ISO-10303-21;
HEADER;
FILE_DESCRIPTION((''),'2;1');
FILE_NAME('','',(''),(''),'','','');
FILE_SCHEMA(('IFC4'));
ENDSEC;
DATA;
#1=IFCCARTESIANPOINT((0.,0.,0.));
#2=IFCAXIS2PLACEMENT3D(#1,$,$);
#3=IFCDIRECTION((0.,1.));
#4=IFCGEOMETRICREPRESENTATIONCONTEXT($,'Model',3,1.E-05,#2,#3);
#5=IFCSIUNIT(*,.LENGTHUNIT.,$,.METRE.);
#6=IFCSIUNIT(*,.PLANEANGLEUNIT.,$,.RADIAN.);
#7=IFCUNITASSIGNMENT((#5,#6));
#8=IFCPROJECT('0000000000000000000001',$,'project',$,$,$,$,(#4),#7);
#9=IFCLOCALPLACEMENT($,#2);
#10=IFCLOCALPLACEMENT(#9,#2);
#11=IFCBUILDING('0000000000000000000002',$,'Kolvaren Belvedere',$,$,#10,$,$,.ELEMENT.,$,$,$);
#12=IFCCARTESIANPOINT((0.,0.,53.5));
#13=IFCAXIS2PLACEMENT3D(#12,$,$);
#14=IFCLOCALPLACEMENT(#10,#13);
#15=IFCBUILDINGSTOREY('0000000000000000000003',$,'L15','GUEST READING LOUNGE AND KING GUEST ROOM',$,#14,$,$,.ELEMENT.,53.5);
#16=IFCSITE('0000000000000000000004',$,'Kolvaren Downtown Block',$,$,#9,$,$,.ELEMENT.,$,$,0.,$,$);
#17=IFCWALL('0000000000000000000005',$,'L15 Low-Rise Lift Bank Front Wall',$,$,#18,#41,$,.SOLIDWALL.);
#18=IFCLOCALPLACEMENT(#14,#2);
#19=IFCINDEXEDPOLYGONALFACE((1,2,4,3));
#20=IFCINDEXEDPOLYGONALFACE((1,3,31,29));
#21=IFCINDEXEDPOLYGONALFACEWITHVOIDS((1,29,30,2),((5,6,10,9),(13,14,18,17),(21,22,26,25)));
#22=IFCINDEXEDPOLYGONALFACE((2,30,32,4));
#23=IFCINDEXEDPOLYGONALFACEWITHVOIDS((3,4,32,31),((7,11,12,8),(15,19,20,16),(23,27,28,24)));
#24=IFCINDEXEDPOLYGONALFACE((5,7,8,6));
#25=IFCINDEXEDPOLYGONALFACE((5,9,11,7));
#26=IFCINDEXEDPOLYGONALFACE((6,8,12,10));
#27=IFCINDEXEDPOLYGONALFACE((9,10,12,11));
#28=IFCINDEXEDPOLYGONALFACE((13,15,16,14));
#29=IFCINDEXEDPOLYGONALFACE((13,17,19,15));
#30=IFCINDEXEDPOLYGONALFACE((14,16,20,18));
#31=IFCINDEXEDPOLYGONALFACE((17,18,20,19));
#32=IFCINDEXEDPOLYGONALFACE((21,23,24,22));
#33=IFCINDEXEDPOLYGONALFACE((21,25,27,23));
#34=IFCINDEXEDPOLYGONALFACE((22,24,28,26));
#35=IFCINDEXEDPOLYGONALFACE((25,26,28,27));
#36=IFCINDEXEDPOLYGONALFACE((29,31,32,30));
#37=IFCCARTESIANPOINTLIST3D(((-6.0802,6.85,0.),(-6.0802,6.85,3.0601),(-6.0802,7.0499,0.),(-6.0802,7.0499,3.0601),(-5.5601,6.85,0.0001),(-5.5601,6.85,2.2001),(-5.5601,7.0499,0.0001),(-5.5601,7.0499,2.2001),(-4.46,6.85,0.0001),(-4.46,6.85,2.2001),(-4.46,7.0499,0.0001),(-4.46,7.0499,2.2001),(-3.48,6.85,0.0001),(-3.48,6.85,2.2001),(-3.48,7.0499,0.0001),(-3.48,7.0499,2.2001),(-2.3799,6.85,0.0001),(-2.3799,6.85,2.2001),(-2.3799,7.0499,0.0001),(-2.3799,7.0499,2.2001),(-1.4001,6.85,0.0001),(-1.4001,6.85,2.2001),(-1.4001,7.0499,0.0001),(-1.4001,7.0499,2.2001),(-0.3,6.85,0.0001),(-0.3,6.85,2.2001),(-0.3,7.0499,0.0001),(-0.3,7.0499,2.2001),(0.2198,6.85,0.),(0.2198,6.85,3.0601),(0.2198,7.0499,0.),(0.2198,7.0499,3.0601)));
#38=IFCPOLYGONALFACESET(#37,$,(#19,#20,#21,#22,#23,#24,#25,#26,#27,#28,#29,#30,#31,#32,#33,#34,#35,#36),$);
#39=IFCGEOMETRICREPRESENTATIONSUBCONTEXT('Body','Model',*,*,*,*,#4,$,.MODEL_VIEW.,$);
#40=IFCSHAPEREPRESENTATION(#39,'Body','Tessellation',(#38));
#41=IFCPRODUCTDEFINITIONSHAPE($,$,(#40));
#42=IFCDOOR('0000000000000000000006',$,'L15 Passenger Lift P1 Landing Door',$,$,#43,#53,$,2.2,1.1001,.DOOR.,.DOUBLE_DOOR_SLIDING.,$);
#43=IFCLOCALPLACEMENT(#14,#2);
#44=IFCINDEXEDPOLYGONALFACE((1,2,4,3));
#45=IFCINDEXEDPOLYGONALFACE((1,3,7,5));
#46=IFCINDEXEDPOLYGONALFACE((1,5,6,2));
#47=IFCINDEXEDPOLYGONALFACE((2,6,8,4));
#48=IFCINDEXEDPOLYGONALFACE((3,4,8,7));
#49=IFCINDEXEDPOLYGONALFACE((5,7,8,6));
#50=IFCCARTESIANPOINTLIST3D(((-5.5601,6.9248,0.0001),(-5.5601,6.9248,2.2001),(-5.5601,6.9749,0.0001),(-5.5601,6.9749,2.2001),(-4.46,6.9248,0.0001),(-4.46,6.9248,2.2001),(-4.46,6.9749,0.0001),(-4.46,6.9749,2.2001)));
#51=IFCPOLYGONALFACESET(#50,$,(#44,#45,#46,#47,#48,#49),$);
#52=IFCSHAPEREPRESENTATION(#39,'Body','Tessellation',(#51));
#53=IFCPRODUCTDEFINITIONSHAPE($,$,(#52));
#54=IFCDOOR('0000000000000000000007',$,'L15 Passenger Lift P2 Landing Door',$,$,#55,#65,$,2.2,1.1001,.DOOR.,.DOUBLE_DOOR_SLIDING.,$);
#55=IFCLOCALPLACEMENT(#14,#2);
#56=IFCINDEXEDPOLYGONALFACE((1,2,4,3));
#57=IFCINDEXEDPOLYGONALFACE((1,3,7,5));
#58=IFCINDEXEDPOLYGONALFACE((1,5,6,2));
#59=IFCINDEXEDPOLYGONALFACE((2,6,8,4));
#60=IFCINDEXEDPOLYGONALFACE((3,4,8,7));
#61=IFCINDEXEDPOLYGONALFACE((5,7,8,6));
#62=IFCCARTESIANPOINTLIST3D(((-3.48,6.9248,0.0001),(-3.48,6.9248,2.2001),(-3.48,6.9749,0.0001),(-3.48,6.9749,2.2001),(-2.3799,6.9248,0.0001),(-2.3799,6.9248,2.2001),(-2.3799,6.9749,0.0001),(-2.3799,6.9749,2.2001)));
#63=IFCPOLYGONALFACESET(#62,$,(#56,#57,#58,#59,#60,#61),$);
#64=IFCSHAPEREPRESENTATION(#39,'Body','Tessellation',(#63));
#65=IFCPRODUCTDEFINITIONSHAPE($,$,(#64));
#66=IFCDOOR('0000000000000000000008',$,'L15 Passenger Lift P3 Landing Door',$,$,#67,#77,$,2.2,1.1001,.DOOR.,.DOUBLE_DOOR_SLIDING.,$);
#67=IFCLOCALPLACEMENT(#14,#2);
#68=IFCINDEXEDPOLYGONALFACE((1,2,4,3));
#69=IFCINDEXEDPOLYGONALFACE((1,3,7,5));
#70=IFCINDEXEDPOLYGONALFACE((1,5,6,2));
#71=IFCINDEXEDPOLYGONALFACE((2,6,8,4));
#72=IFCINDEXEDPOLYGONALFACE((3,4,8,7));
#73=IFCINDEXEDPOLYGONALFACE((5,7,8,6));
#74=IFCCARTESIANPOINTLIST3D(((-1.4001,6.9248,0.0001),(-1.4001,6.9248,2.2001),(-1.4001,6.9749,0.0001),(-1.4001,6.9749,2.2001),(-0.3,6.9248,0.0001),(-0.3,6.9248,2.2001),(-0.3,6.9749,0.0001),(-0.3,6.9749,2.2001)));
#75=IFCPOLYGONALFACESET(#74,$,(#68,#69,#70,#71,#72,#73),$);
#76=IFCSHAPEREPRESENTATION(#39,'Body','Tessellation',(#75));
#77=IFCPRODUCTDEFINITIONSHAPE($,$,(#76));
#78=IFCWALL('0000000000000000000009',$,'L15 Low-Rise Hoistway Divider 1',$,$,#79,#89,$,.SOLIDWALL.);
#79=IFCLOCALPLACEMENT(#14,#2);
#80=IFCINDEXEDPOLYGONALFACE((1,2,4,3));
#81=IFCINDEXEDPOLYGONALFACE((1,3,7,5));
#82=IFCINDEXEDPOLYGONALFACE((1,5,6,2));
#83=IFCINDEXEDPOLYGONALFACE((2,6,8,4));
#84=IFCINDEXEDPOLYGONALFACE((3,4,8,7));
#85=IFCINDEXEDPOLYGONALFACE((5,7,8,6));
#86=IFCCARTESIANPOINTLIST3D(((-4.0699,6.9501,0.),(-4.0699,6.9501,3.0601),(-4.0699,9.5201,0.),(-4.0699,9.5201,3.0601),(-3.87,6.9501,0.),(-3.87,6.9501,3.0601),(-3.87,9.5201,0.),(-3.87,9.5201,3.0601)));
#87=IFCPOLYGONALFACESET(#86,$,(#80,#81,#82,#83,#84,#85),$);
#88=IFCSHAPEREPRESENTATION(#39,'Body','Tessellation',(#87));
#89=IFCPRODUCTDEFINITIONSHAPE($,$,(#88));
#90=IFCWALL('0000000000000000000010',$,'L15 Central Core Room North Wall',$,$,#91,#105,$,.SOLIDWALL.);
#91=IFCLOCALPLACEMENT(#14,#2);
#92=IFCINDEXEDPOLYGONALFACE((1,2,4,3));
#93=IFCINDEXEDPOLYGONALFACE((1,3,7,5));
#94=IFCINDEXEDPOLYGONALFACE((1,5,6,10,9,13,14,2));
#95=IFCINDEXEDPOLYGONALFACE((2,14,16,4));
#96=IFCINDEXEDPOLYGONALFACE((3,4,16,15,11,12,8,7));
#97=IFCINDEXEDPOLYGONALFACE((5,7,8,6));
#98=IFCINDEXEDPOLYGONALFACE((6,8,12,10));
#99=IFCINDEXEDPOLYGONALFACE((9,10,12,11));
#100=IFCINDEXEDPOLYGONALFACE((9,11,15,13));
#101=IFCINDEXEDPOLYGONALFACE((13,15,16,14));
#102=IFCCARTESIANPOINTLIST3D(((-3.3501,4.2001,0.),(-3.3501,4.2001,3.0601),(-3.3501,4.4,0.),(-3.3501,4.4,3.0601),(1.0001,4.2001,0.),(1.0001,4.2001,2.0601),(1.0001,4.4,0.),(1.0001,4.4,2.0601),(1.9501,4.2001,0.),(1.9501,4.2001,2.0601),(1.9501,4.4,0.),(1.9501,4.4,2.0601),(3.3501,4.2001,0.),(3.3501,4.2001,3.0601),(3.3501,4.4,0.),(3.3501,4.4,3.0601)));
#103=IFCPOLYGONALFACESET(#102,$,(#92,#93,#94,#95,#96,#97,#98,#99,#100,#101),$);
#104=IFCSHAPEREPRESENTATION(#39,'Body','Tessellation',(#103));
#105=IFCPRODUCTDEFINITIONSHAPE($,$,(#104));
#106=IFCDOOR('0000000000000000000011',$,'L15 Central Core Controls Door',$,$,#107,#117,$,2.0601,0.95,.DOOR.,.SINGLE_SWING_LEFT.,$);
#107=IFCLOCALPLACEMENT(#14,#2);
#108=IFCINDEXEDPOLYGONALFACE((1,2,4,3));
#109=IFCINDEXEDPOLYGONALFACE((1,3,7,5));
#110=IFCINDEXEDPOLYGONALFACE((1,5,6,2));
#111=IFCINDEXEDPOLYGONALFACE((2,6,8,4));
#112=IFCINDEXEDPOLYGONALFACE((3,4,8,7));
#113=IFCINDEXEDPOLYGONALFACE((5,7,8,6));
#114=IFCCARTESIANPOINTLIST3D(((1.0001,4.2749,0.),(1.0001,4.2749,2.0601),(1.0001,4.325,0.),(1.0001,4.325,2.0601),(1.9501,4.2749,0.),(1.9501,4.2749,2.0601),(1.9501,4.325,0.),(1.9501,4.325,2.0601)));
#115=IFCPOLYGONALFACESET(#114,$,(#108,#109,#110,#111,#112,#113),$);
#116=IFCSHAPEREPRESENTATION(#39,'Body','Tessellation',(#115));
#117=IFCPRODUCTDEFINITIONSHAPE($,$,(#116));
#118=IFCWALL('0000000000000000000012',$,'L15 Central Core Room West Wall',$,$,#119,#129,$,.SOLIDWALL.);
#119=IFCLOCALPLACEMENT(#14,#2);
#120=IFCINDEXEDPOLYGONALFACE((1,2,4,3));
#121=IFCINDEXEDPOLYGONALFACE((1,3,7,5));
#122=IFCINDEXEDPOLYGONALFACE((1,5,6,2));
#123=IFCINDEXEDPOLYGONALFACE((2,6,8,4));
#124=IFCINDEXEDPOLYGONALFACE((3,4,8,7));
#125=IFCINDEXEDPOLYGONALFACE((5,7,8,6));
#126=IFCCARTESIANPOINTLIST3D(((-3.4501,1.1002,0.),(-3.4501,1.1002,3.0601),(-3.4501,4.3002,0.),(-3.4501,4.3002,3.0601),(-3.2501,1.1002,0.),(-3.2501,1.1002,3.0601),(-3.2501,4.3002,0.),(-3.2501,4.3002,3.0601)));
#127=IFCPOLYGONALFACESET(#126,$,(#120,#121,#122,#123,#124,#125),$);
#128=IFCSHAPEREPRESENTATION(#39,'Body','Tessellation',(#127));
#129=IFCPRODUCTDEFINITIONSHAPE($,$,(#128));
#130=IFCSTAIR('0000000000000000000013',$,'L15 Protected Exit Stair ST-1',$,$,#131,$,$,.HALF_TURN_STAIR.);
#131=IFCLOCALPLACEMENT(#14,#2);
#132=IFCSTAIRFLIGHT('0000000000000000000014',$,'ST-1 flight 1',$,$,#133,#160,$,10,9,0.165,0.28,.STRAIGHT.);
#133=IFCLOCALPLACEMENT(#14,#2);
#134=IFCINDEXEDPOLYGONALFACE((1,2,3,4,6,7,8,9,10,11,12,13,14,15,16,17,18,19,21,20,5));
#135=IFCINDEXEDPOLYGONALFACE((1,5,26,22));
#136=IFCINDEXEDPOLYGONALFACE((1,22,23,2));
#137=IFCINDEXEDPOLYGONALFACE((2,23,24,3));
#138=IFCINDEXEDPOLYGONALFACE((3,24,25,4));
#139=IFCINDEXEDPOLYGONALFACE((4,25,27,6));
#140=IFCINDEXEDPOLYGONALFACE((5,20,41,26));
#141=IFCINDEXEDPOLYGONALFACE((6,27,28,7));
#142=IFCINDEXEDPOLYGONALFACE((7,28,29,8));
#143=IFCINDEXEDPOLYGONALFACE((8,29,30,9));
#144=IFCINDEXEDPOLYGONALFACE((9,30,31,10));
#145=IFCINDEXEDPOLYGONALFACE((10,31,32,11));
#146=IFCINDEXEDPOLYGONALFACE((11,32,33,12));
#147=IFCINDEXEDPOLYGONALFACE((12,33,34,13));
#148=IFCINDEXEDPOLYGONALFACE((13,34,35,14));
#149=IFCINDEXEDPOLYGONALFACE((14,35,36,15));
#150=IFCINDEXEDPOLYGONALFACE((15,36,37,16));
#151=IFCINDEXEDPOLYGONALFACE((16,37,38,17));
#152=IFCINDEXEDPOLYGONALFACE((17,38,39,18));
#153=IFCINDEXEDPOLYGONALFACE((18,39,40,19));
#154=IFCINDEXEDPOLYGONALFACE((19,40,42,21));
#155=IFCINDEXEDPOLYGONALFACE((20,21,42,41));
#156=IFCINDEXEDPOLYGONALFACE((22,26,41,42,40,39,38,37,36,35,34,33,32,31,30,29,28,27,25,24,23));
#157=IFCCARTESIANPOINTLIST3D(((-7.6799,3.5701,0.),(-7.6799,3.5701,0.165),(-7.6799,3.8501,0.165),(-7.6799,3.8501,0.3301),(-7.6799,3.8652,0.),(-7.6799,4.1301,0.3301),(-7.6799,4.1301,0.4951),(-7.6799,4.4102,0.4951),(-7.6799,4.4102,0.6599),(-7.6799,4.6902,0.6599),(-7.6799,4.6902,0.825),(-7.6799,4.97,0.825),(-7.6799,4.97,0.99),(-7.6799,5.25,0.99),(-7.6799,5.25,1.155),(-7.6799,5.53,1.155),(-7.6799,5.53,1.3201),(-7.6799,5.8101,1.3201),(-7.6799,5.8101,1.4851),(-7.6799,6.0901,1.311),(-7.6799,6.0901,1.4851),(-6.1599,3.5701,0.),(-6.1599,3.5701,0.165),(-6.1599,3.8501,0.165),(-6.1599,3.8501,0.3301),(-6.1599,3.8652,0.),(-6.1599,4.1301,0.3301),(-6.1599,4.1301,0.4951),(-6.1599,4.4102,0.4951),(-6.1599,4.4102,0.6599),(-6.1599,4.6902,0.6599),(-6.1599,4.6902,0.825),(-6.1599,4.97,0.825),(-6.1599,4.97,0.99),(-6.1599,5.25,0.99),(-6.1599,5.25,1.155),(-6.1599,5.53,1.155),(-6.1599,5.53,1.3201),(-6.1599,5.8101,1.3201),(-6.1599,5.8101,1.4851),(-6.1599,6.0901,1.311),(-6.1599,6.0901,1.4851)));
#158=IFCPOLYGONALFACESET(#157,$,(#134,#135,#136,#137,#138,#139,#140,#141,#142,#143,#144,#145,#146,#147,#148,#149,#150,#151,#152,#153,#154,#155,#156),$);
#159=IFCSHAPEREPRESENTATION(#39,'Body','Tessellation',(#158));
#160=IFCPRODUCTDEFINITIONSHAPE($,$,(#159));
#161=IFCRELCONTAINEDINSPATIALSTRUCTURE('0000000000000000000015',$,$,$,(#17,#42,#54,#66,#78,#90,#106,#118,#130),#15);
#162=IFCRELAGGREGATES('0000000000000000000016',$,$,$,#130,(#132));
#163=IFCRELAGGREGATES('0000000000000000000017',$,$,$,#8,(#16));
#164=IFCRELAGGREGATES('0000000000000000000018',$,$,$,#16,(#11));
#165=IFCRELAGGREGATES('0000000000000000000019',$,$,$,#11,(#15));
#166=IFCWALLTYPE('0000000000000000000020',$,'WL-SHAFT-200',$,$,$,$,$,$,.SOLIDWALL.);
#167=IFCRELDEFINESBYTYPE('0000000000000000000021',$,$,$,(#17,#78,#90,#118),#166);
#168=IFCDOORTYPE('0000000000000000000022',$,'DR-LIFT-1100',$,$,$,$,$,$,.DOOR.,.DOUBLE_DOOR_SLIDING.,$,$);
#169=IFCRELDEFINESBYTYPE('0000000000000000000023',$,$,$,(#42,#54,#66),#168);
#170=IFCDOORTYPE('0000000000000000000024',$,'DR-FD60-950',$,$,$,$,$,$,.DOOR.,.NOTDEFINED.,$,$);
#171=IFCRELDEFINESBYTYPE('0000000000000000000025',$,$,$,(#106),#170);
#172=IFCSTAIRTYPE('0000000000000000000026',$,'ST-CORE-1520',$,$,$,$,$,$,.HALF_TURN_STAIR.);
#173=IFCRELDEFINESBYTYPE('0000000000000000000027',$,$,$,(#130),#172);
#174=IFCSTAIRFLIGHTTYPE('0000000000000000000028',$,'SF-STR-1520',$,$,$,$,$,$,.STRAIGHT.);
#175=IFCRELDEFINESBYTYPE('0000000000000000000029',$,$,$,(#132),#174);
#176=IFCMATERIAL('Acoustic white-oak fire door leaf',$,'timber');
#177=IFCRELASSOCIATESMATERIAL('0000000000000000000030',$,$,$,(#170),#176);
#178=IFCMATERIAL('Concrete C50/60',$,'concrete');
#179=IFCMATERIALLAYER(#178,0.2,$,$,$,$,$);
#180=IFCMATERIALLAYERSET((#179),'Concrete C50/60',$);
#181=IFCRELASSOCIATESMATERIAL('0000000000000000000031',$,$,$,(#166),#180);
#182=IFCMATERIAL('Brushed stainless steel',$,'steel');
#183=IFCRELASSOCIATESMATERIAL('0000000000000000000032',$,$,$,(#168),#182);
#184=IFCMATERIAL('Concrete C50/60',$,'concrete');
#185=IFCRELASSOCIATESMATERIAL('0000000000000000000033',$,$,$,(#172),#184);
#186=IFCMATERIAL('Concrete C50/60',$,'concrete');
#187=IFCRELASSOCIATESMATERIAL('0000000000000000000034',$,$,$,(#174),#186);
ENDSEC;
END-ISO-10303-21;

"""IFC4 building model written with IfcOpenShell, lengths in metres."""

from ifc_helpers import new_model, si_unit, direction, frame, frame_2d, origin, place, context, subcontext, project, spatial, polyline, rectangle, outline, extrude, material, layer, layer_set, type_object, element, fill, aggregate, save


model = new_model("IFC4")

# Units and contexts
model_context = context("Model", 3, precision=1e-05, world=origin(), true_north=direction((0.0, 1.0)))
body_context = subcontext(model_context, "Body", "Model", "MODEL_VIEW")
ifc_project = project(units=[si_unit("LENGTHUNIT", "METRE"), si_unit("PLANEANGLEUNIT", "RADIAN")], contexts=[model_context])

# Site, building, storey
site_placement = place(None, origin())
site = spatial("IfcSite", under=ifc_project, at=site_placement, Name="Kolvaren Downtown Block", CompositionType="ELEMENT", RefElevation=0.0)
building_placement = place(site_placement, origin())
building = spatial("IfcBuilding", under=site, at=building_placement, Name="Kolvaren Belvedere", CompositionType="ELEMENT")
storey_placement = place(building_placement, frame((0.0, 0.0, 53.5)))
storey = spatial("IfcBuildingStorey", under=building, at=storey_placement, Name="L15", Description="GUEST READING LOUNGE AND KING GUEST ROOM", CompositionType="ELEMENT", Elevation=53.5)

# Shared definitions
ifc_material_1 = material(Name="Acoustic white-oak fire door leaf", Category="timber")
door_type_1 = type_object("IfcDoorType", Name="DR-FD60-950", OperationType="NOTDEFINED", PredefinedType="DOOR", material=ifc_material_1)

# Shared definitions
ifc_material_2 = material(Name="Concrete C50/60", Category="concrete")
ifc_layer_1 = layer(ifc_material_2, 0.2)
ifc_layer_set_1 = layer_set([ifc_layer_1], Name="Concrete C50/60")
wall_type_1 = type_object("IfcWallType", Name="WL-SHAFT-200", PredefinedType="SOLIDWALL", material=ifc_layer_set_1)

# Wall, openings, doors
wall_1_placement = place(storey_placement, frame((-6.0801, 6.95, 0.0), z_axis=(0.0, 0.0, 1.0), x_axis=(1.0, 0.0, 0.0)))
wall_1 = element("IfcWall", 1, at=wall_1_placement, inside=storey, type_object=wall_type_1, Name="L15 Low-Rise Lift Bank Front Wall", PredefinedType="SOLIDWALL", context=body_context, shape_type="SweptSolid", body=[
    extrude(rectangle(XDim=6.3, YDim=0.2, at=frame_2d((3.1499, 0.0))), origin(), (0.0, 0.0, 1.0), 3.0601),
])
opening_1_placement = place(wall_1_placement, frame((0.52, 0.0, 0.0)))
opening_1 = element("IfcOpeningElement", 2, at=opening_1_placement, cuts=wall_1, PredefinedType="OPENING", context=body_context, shape_type="SweptSolid", body=[
    extrude(rectangle(XDim=1.1001, YDim=2.2, at=frame_2d((0.55, 1.1001))), frame((0.0, 0.1099, 0.0), z_axis=(0.0, -1.0, 0.0), x_axis=(1.0, 0.0, 0.0)), (0.0, 0.0, 1.0), 0.22),
])
opening_2_placement = place(wall_1_placement, frame((2.6001, 0.0, 0.0)))
opening_2 = element("IfcOpeningElement", 3, at=opening_2_placement, cuts=wall_1, PredefinedType="OPENING", context=body_context, shape_type="SweptSolid", body=[
    extrude(rectangle(XDim=1.1001, YDim=2.2, at=frame_2d((0.55, 1.1001))), frame((0.0, 0.1099, 0.0), z_axis=(0.0, -1.0, 0.0), x_axis=(1.0, 0.0, 0.0)), (0.0, 0.0, 1.0), 0.22),
])
opening_3_placement = place(wall_1_placement, frame((4.6799, 0.0, 0.0)))
opening_3 = element("IfcOpeningElement", 4, at=opening_3_placement, cuts=wall_1, PredefinedType="OPENING", context=body_context, shape_type="SweptSolid", body=[
    extrude(rectangle(XDim=1.1001, YDim=2.2, at=frame_2d((0.55, 1.1001))), frame((0.0, 0.1099, 0.0), z_axis=(0.0, -1.0, 0.0), x_axis=(1.0, 0.0, 0.0)), (0.0, 0.0, 1.0), 0.22),
])
ifc_material_3 = material(Name="Brushed stainless steel", Category="steel")
door_type_2 = type_object("IfcDoorType", Name="DR-LIFT-1100", OperationType="DOUBLE_DOOR_SLIDING", PredefinedType="DOOR", material=ifc_material_3)
door_1_placement = place(opening_1_placement, origin())
door_1 = element("IfcDoor", 5, at=door_1_placement, inside=storey, type_object=door_type_2, Name="L15 Passenger Lift P1 Landing Door", OperationType="DOUBLE_DOOR_SLIDING", OverallHeight=2.2, OverallWidth=1.1001, PredefinedType="DOOR", context=body_context, shape_type="SweptSolid", body=[
    extrude(rectangle(XDim=1.1001, YDim=2.2, at=frame_2d((0.55, 1.1001))), frame((0.0, 0.0249, 0.0), z_axis=(0.0, -1.0, 0.0), x_axis=(1.0, 0.0, 0.0)), (0.0, 0.0, 1.0), 0.05),
])
fill(opening_1, door_1)
door_2_placement = place(opening_2_placement, origin())
door_2 = element("IfcDoor", 6, at=door_2_placement, inside=storey, type_object=door_type_2, Name="L15 Passenger Lift P2 Landing Door", OperationType="DOUBLE_DOOR_SLIDING", OverallHeight=2.2, OverallWidth=1.1001, PredefinedType="DOOR", context=body_context, shape_type="SweptSolid", body=[
    extrude(rectangle(XDim=1.1001, YDim=2.2, at=frame_2d((0.55, 1.1001))), frame((0.0, 0.0249, 0.0), z_axis=(0.0, -1.0, 0.0), x_axis=(1.0, 0.0, 0.0)), (0.0, 0.0, 1.0), 0.05),
])
fill(opening_2, door_2)
door_3_placement = place(opening_3_placement, origin())
door_3 = element("IfcDoor", 7, at=door_3_placement, inside=storey, type_object=door_type_2, Name="L15 Passenger Lift P3 Landing Door", OperationType="DOUBLE_DOOR_SLIDING", OverallHeight=2.2, OverallWidth=1.1001, PredefinedType="DOOR", context=body_context, shape_type="SweptSolid", body=[
    extrude(rectangle(XDim=1.1001, YDim=2.2, at=frame_2d((0.55, 1.1001))), frame((0.0, 0.0249, 0.0), z_axis=(0.0, -1.0, 0.0), x_axis=(1.0, 0.0, 0.0)), (0.0, 0.0, 1.0), 0.05),
])
fill(opening_3, door_3)

# Wall
wall_2_placement = place(storey_placement, frame((-3.97, 6.95, 0.0), z_axis=(0.0, 0.0, 1.0), x_axis=(0.0, 1.0, 0.0)))
element("IfcWall", 8, at=wall_2_placement, inside=storey, type_object=wall_type_1, Name="L15 Low-Rise Hoistway Divider 1", PredefinedType="SOLIDWALL", context=body_context, shape_type="SweptSolid", body=[
    extrude(rectangle(XDim=2.5701, YDim=0.2, at=frame_2d((1.2852, 0.0))), origin(), (0.0, 0.0, 1.0), 3.0601),
])

# Wall, opening, door
wall_3_placement = place(storey_placement, frame((-3.3501, 4.3, 0.0), z_axis=(0.0, 0.0, 1.0), x_axis=(1.0, 0.0, 0.0)))
wall_3 = element("IfcWall", 9, at=wall_3_placement, inside=storey, type_object=wall_type_1, Name="L15 Central Core Room North Wall", PredefinedType="SOLIDWALL", context=body_context, shape_type="SweptSolid", body=[
    extrude(rectangle(XDim=6.7002, YDim=0.2, at=frame_2d((3.3501, 0.0))), origin(), (0.0, 0.0, 1.0), 3.0601),
])
opening_4_placement = place(wall_3_placement, frame((4.3501, 0.0, 0.0)))
opening_4 = element("IfcOpeningElement", 10, at=opening_4_placement, cuts=wall_3, PredefinedType="OPENING", context=body_context, shape_type="SweptSolid", body=[
    extrude(rectangle(XDim=0.95, YDim=2.0601, at=frame_2d((0.4751, 1.03))), frame((0.0, 0.1099, 0.0), z_axis=(0.0, -1.0, 0.0), x_axis=(1.0, 0.0, 0.0)), (0.0, 0.0, 1.0), 0.22),
])
door_4_placement = place(opening_4_placement, origin())
door_4 = element("IfcDoor", 11, at=door_4_placement, inside=storey, type_object=door_type_1, Name="L15 Central Core Controls Door", OperationType="SINGLE_SWING_LEFT", OverallHeight=2.0601, OverallWidth=0.95, PredefinedType="DOOR", context=body_context, shape_type="SweptSolid", body=[
    extrude(rectangle(XDim=0.95, YDim=2.0601, at=frame_2d((0.4751, 1.03))), frame((0.0, 0.0249, 0.0), z_axis=(0.0, -1.0, 0.0), x_axis=(1.0, 0.0, 0.0)), (0.0, 0.0, 1.0), 0.05),
])
fill(opening_4, door_4)

# Wall
wall_4_placement = place(storey_placement, frame((-3.3501, 1.1001, 0.0), z_axis=(0.0, 0.0, 1.0), x_axis=(0.0, 1.0, 0.0)))
element("IfcWall", 12, at=wall_4_placement, inside=storey, type_object=wall_type_1, Name="L15 Central Core Room West Wall", PredefinedType="SOLIDWALL", context=body_context, shape_type="SweptSolid", body=[
    extrude(rectangle(XDim=3.2, YDim=0.2, at=frame_2d((1.6001, 0.0))), origin(), (0.0, 0.0, 1.0), 3.0601),
])

# Stair, stair flight
ifc_material_4 = material(Name="Concrete C50/60", Category="concrete")
stair_type = type_object("IfcStairType", Name="ST-CORE-1520", PredefinedType="HALF_TURN_STAIR", material=ifc_material_4)
stair_placement = place(storey_placement, origin())
stair = element("IfcStair", 13, at=stair_placement, inside=storey, type_object=stair_type, Name="L15 Protected Exit Stair ST-1", PredefinedType="HALF_TURN_STAIR")
ifc_material_5 = material(Name="Concrete C50/60", Category="concrete")
stair_flight_type = type_object("IfcStairFlightType", Name="SF-STR-1520", PredefinedType="STRAIGHT", material=ifc_material_5)
stair_flight_1_placement = place(storey_placement, frame((-6.9199, 3.5701, 0.0), z_axis=(0.0, 0.0, 1.0), x_axis=(0.0, 1.0, 0.0)))
stair_flight_1 = element("IfcStairFlight", 14, at=stair_flight_1_placement, type_object=stair_flight_type, Name="ST-1 flight 1", NumberOfRisers=10, NumberOfTreads=9, PredefinedType="STRAIGHT", RiserHeight=0.165, TreadLength=0.28, context=body_context, shape_type="SweptSolid", body=[
    extrude(outline(polyline([(0.0, 0.0), (0.0, 0.165), (0.28, 0.165), (0.28, 0.3301), (0.5601, 0.3301), (0.5601, 0.4951), (0.8401, 0.4951), (0.8401, 0.6599), (1.1201, 0.6599), (1.1201, 0.825), (1.3999, 0.825), (1.3999, 0.99), (1.6799, 0.99), (1.6799, 1.155), (1.96, 1.155), (1.96, 1.3201), (2.24, 1.3201), (2.24, 1.4851), (2.52, 1.4851), (2.52, 1.6499), (2.52, 1.311), (0.2952, 0.0), (0.0, 0.0)])), frame((0.0, 0.76, 0.0), z_axis=(0.0, -1.0, 0.0), x_axis=(1.0, 0.0, 0.0)), (0.0, 0.0, 1.0), 1.52),
])
aggregate(stair, [stair_flight_1])

save(model, "model.ifc")
